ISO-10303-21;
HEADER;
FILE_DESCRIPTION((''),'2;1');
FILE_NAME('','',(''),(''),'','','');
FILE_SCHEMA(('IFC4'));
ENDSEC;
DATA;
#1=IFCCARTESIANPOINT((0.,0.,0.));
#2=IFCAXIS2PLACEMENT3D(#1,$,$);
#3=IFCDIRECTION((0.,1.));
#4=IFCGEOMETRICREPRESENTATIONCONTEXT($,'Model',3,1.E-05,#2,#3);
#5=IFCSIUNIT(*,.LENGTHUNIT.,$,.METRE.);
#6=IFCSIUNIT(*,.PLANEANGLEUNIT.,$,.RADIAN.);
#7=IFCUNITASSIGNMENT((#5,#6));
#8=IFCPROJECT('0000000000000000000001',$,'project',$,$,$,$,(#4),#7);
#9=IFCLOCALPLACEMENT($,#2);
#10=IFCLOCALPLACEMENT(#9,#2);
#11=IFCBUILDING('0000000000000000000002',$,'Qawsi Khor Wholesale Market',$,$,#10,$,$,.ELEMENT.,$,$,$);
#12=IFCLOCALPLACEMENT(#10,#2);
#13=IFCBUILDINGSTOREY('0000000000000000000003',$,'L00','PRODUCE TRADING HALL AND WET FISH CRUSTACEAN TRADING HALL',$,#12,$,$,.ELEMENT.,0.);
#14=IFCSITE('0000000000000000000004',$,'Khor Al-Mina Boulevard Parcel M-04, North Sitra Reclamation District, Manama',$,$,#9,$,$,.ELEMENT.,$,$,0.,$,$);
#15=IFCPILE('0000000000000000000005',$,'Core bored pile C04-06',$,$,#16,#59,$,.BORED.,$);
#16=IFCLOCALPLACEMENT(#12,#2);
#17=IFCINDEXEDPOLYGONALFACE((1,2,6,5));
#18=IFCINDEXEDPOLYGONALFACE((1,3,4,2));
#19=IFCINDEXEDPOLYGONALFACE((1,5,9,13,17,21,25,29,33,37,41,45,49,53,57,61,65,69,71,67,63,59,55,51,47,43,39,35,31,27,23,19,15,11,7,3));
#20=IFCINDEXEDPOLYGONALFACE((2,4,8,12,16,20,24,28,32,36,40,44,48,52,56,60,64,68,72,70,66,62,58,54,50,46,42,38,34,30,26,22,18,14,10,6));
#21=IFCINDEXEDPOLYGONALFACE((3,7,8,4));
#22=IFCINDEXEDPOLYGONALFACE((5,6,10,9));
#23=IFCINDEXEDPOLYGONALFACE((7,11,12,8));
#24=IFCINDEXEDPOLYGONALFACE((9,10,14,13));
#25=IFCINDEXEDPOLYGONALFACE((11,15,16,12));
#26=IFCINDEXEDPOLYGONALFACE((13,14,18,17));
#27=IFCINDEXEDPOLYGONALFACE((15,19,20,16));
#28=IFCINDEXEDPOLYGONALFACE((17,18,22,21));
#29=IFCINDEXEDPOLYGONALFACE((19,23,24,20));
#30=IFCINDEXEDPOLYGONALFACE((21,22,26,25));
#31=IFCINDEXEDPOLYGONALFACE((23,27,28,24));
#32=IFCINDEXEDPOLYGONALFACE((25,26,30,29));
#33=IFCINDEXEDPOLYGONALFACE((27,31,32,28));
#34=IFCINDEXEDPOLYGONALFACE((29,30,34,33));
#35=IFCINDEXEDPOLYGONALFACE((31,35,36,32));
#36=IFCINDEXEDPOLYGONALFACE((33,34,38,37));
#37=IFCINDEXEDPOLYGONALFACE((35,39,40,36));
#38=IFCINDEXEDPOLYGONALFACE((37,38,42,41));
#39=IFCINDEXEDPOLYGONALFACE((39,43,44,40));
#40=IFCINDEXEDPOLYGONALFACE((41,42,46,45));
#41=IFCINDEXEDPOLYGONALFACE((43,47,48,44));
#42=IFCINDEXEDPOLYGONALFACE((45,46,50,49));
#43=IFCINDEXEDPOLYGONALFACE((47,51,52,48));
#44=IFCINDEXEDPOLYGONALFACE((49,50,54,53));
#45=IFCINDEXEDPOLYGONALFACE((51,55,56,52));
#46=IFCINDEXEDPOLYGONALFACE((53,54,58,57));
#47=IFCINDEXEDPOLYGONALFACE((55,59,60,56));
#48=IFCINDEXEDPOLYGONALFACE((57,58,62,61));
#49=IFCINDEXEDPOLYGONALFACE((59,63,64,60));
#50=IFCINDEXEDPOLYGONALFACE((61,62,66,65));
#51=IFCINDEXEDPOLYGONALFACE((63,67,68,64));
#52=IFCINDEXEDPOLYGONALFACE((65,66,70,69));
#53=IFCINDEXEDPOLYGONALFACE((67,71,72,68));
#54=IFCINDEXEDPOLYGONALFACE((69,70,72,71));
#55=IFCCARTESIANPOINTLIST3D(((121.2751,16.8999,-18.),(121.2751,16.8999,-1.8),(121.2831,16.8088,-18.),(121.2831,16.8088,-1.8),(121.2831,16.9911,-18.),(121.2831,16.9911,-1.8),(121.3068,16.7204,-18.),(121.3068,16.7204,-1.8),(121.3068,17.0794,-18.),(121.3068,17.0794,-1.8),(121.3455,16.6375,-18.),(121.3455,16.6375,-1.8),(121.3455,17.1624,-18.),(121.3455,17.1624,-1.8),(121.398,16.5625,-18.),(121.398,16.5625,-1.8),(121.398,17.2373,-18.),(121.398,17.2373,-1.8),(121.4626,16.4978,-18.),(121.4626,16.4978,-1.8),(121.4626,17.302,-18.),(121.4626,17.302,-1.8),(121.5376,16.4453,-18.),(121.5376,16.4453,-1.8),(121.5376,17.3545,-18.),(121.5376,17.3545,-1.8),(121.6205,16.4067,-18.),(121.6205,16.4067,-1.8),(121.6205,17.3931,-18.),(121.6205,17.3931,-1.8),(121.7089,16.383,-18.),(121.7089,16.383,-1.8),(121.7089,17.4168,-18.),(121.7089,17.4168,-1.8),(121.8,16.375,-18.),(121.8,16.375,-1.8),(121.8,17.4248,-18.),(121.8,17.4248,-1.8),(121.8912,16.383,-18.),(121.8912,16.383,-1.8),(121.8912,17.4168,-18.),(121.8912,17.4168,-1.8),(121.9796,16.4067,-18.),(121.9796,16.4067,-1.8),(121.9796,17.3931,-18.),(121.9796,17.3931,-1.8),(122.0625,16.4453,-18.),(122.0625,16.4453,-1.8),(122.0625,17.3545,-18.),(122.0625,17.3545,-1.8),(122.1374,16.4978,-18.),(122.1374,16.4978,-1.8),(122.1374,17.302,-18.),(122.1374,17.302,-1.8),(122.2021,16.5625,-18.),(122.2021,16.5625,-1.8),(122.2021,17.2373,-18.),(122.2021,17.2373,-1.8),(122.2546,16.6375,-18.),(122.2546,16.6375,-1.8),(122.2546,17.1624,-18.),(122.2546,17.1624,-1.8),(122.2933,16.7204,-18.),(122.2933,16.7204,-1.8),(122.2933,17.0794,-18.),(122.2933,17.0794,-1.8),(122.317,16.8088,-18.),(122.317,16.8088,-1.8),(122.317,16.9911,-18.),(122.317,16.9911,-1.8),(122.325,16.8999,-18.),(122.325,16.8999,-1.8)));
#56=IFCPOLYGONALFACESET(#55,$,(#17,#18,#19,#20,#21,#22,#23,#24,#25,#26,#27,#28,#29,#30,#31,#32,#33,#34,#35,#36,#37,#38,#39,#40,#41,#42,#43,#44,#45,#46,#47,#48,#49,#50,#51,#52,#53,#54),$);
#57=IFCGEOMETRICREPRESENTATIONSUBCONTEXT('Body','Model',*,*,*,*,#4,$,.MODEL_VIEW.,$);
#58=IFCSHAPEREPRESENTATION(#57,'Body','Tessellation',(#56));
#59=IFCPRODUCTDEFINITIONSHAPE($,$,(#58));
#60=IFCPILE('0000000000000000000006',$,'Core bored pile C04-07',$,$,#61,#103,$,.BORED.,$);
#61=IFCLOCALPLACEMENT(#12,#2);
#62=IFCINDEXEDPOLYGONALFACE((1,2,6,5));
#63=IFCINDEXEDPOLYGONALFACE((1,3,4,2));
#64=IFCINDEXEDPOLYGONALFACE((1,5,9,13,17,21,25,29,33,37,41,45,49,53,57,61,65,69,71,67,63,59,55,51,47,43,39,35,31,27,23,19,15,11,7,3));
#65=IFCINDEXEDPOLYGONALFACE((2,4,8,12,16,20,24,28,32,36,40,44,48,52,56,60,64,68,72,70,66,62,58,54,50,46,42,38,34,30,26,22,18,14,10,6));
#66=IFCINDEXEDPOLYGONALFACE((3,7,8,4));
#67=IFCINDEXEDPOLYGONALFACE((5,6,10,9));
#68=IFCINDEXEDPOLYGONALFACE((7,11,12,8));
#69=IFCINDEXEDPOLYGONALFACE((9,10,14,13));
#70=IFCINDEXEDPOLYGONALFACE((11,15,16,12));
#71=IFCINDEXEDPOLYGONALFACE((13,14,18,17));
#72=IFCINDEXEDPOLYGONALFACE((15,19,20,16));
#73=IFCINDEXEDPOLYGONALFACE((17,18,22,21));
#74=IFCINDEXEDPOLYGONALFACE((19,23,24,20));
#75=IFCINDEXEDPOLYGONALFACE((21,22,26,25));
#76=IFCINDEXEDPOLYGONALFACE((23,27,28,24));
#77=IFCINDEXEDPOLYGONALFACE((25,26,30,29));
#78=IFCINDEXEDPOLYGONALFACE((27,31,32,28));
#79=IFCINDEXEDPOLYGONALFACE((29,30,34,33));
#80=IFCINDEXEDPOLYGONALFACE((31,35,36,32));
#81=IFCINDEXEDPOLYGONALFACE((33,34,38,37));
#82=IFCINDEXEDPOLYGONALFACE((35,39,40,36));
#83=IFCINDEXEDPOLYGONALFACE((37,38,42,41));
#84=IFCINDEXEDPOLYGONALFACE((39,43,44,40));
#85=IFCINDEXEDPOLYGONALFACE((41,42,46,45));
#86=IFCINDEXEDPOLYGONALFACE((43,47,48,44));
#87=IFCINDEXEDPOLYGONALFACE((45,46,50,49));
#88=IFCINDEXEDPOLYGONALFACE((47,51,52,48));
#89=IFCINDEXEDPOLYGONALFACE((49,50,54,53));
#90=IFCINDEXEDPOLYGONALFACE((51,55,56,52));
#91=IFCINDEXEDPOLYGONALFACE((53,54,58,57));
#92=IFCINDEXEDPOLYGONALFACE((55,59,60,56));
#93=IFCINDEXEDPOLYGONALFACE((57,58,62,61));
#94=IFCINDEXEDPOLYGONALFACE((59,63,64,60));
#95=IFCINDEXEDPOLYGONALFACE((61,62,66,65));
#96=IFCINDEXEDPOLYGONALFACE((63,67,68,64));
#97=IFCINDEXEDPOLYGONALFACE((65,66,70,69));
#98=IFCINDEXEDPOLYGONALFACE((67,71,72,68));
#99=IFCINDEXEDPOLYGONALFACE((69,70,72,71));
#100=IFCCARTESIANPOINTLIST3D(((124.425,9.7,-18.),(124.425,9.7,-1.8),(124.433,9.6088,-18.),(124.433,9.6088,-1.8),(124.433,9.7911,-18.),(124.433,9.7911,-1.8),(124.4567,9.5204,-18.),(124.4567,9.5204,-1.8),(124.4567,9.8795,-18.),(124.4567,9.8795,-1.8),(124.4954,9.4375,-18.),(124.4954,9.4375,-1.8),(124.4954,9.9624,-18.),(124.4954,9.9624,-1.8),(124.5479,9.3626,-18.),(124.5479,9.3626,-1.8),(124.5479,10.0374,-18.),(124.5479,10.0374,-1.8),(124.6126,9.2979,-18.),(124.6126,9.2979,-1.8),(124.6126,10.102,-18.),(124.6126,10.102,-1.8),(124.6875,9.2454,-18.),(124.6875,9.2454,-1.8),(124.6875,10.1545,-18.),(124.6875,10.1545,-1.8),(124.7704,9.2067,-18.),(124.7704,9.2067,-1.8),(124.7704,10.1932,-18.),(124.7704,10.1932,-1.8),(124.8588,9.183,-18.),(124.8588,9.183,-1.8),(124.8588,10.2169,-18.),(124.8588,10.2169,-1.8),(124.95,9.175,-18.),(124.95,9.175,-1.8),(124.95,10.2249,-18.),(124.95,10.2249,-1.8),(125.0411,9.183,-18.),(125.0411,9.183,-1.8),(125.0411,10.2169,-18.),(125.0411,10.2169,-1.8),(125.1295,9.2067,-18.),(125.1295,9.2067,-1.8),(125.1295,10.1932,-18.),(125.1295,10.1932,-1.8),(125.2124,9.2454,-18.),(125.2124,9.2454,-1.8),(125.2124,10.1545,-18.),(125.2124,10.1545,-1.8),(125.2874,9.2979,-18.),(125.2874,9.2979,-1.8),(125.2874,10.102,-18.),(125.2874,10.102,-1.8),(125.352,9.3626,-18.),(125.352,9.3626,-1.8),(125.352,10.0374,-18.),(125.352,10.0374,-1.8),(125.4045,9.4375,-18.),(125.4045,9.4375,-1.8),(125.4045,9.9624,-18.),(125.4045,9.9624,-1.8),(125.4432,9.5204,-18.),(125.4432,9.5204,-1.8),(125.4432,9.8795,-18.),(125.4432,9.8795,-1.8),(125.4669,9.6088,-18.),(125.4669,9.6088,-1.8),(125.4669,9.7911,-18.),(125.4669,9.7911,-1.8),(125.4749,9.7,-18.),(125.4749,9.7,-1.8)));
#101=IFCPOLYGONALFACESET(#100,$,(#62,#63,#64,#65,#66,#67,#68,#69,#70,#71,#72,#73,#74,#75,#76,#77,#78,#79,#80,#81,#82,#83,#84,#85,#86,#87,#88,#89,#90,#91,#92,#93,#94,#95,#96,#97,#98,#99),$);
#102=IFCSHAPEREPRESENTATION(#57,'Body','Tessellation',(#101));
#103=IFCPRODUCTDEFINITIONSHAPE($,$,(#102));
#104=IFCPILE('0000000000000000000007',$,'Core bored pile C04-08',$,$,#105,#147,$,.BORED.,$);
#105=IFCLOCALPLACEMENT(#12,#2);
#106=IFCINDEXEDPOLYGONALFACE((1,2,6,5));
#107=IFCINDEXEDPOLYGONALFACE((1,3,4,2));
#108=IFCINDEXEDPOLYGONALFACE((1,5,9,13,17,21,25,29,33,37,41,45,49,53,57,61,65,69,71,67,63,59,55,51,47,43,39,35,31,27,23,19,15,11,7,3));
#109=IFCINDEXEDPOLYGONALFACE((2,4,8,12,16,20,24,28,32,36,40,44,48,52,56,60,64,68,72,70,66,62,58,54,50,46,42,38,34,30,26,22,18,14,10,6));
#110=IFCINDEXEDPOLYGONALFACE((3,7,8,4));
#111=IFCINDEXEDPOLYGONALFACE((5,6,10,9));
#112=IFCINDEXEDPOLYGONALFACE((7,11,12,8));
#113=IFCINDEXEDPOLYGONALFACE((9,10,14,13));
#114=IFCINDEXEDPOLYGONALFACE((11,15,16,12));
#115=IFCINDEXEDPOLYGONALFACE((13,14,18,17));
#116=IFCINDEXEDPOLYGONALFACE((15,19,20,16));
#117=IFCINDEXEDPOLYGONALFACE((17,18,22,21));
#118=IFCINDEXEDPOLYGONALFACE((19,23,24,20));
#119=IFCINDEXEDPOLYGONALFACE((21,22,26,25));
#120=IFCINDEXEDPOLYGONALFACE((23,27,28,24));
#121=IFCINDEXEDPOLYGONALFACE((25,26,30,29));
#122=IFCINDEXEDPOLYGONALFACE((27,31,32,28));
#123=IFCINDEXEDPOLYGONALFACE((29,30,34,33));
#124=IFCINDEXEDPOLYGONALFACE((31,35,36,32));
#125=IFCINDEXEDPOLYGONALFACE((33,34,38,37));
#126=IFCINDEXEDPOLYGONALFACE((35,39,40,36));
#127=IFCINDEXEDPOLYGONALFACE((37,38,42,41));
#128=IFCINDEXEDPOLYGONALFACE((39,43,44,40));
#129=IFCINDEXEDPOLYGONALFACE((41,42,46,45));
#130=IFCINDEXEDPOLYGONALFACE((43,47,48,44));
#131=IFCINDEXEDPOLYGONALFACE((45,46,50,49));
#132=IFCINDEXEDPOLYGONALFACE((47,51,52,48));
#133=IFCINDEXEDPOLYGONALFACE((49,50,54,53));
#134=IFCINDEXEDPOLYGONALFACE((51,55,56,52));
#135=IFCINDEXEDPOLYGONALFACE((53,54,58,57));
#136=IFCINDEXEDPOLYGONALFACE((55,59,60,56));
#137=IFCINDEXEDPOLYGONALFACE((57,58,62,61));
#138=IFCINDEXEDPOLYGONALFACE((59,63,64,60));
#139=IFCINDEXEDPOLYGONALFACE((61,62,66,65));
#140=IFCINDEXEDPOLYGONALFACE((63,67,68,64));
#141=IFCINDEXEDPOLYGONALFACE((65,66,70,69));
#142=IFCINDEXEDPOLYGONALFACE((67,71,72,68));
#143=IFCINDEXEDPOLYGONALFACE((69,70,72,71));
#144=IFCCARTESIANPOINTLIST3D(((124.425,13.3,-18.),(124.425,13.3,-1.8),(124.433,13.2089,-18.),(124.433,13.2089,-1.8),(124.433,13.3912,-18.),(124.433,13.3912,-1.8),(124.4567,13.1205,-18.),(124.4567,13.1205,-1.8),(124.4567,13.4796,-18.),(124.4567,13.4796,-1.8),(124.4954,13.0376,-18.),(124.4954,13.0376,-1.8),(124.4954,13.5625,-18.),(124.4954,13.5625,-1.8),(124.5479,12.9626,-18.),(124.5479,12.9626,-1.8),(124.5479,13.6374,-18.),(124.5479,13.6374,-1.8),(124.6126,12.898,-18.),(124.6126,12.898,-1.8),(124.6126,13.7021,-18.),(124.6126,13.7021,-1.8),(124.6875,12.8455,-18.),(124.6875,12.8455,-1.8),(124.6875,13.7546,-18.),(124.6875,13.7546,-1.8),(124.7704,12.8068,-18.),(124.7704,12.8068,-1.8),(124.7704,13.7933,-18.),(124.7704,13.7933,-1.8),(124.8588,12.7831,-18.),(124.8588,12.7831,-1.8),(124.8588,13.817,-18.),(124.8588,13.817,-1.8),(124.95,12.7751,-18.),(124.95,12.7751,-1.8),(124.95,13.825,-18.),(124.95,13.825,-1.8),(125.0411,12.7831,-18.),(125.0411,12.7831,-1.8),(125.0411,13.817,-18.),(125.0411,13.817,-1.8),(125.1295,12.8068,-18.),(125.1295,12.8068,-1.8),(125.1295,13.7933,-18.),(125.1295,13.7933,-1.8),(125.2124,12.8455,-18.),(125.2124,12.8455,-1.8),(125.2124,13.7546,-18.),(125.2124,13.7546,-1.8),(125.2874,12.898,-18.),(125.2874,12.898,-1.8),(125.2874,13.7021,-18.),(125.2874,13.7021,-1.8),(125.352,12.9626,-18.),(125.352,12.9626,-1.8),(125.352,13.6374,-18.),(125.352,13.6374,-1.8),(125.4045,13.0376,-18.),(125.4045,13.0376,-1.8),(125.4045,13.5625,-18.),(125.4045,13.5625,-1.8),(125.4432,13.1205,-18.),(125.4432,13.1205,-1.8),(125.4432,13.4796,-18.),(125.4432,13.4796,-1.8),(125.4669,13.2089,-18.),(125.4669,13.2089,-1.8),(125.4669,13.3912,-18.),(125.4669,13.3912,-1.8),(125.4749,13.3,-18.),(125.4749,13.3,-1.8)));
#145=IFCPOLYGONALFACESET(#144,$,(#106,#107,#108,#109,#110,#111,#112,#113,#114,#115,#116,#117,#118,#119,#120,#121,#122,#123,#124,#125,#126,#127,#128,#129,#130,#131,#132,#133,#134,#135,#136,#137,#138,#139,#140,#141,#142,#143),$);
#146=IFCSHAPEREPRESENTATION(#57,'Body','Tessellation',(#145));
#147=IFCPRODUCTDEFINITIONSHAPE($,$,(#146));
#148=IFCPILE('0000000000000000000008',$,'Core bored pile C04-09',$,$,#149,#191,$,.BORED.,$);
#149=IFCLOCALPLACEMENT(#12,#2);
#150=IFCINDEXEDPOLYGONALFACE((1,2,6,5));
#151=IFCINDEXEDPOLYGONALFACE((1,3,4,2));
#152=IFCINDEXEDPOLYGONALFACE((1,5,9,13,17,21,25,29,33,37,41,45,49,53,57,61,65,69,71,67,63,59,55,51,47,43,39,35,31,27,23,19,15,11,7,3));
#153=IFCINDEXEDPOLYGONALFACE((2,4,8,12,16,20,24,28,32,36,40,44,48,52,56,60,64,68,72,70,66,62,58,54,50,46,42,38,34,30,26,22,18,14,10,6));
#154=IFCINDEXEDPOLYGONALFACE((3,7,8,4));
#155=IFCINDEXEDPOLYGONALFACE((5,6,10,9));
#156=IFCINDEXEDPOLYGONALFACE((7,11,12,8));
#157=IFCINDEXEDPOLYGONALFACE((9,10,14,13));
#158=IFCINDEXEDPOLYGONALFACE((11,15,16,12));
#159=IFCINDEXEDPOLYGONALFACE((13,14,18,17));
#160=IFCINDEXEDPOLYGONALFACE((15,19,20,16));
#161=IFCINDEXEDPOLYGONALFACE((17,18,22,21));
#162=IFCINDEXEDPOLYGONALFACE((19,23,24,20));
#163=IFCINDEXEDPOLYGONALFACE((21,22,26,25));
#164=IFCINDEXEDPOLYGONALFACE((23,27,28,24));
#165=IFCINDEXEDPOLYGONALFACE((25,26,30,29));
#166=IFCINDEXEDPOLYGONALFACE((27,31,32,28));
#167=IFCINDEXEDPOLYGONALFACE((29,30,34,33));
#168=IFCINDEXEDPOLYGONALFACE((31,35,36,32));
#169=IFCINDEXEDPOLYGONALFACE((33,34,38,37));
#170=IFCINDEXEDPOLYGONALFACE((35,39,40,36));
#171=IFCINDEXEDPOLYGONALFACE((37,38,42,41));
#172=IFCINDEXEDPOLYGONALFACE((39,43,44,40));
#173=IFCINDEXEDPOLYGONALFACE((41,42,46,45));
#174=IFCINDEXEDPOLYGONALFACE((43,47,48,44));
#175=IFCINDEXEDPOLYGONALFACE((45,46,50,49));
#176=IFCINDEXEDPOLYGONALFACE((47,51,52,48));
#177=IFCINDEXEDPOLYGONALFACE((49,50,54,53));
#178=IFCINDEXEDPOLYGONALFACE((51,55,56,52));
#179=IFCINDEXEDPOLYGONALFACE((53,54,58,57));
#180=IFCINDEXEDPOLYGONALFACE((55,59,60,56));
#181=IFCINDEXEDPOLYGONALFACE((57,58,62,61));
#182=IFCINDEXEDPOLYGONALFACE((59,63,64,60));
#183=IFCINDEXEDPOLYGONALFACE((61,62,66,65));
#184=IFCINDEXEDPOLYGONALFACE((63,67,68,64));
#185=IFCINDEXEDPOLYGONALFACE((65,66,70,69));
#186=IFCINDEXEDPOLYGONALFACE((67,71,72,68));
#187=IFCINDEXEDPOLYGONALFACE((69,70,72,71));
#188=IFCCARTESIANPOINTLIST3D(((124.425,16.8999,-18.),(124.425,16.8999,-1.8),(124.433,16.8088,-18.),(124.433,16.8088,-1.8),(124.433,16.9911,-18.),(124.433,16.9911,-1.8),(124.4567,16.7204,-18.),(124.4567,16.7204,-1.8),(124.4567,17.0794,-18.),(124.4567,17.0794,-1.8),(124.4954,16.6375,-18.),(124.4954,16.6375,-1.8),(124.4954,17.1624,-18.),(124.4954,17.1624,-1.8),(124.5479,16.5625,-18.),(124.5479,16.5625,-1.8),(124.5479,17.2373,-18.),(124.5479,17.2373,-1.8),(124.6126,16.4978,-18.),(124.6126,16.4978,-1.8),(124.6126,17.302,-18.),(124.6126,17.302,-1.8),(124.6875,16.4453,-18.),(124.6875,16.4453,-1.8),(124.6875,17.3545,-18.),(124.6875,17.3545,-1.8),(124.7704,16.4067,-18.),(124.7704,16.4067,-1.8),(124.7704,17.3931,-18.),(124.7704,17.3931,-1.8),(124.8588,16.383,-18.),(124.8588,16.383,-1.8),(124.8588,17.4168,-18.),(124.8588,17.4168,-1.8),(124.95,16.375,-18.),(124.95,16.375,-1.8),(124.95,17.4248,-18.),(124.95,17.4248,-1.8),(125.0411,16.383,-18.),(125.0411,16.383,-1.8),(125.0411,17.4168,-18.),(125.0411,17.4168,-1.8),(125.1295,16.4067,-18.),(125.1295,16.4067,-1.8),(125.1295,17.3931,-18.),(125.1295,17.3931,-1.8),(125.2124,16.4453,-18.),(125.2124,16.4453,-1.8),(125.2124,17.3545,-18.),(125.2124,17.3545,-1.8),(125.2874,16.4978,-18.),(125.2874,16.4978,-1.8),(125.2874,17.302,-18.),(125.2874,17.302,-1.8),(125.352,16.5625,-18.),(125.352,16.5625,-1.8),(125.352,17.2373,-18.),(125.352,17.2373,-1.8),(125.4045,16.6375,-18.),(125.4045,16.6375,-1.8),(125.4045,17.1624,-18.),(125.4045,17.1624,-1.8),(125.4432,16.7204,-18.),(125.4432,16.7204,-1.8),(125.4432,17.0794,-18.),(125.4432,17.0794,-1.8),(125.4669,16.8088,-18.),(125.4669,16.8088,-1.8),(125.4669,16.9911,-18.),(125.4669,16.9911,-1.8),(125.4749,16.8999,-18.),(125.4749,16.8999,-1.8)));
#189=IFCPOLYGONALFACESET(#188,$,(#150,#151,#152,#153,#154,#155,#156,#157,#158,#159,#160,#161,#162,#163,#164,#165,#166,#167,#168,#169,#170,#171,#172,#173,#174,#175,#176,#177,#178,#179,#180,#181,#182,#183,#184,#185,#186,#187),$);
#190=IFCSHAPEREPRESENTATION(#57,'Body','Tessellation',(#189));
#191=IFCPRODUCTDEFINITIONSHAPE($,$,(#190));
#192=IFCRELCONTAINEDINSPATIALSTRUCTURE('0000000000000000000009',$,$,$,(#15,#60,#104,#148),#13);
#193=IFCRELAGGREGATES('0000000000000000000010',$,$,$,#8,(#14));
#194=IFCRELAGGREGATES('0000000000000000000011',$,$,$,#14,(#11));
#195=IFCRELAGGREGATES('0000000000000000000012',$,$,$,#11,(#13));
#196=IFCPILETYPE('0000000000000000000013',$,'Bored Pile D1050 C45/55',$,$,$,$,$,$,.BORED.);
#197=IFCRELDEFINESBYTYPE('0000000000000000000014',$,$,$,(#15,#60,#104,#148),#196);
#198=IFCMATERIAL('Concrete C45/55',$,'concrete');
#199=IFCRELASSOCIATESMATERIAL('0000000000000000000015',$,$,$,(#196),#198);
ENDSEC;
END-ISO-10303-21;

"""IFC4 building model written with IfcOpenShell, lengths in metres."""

from ifc_helpers import new_model, si_unit, direction, frame, origin, origin_2d, place, context, subcontext, project, spatial, circle, extrude, material, material_profile, profile_set, type_object, element, save


model = new_model("IFC4")

# Units and contexts
model_context = context("Model", 3, precision=1e-05, world=origin(), true_north=direction((0.0, 1.0)))
body_context = subcontext(model_context, "Body", "Model", "MODEL_VIEW")
ifc_project = project(units=[si_unit("LENGTHUNIT", "METRE"), si_unit("PLANEANGLEUNIT", "RADIAN")], contexts=[model_context])

# Site, building, storey
site_placement = place(None, origin())
site = spatial("IfcSite", under=ifc_project, at=site_placement, Name="Khor Al-Mina Boulevard Parcel M-04, North Sitra Reclamation District, Manama", CompositionType="ELEMENT", RefElevation=0.0)
building_placement = place(site_placement, origin())
building = spatial("IfcBuilding", under=site, at=building_placement, Name="Qawsi Khor Wholesale Market", CompositionType="ELEMENT")
storey_placement = place(building_placement, origin())
storey = spatial("IfcBuildingStorey", under=building, at=storey_placement, Name="L00", Description="PRODUCE TRADING HALL AND WET FISH CRUSTACEAN TRADING HALL", CompositionType="ELEMENT", Elevation=0.0)

# Piles
ifc_material_1 = material(Name="Concrete C45/55", Category="concrete")
ifc_material_profile_1 = material_profile(ifc_material_1, circle(Radius=0.5249, at=origin_2d()), Name="PILE D1050")
ifc_profile_set_1 = profile_set([ifc_material_profile_1], Name="Concrete C45/55")
pile_type_1 = type_object("IfcPileType", Name="Bored Pile D1050 C45/55", PredefinedType="BORED", material=ifc_profile_set_1)
for number, where, z_axis, x_axis, name in (
    (1, (121.8, 16.8999, -1.8), (0.0, 0.0, -1.0), (1.0, 0.0, 0.0), "Core bored pile C04-06"),
    (2, (124.95, 9.7, -1.8), (0.0, 0.0, -1.0), (1.0, 0.0, 0.0), "Core bored pile C04-07"),
    (3, (124.95, 13.3, -1.8), (0.0, 0.0, -1.0), (1.0, 0.0, 0.0), "Core bored pile C04-08"),
    (4, (124.95, 16.8999, -1.8), (0.0, 0.0, -1.0), (1.0, 0.0, 0.0), "Core bored pile C04-09"),
):
    element("IfcPile", number, at=place(storey_placement, frame(where, z_axis=z_axis, x_axis=x_axis)), inside=storey, type_object=pile_type_1, Name=name, PredefinedType="BORED", context=body_context, shape_type="SweptSolid", body=[
        extrude(circle(Radius=0.5249, at=origin_2d()), origin(), (0.0, 0.0, 1.0), 16.2),
    ])

save(model, "model.ifc")
